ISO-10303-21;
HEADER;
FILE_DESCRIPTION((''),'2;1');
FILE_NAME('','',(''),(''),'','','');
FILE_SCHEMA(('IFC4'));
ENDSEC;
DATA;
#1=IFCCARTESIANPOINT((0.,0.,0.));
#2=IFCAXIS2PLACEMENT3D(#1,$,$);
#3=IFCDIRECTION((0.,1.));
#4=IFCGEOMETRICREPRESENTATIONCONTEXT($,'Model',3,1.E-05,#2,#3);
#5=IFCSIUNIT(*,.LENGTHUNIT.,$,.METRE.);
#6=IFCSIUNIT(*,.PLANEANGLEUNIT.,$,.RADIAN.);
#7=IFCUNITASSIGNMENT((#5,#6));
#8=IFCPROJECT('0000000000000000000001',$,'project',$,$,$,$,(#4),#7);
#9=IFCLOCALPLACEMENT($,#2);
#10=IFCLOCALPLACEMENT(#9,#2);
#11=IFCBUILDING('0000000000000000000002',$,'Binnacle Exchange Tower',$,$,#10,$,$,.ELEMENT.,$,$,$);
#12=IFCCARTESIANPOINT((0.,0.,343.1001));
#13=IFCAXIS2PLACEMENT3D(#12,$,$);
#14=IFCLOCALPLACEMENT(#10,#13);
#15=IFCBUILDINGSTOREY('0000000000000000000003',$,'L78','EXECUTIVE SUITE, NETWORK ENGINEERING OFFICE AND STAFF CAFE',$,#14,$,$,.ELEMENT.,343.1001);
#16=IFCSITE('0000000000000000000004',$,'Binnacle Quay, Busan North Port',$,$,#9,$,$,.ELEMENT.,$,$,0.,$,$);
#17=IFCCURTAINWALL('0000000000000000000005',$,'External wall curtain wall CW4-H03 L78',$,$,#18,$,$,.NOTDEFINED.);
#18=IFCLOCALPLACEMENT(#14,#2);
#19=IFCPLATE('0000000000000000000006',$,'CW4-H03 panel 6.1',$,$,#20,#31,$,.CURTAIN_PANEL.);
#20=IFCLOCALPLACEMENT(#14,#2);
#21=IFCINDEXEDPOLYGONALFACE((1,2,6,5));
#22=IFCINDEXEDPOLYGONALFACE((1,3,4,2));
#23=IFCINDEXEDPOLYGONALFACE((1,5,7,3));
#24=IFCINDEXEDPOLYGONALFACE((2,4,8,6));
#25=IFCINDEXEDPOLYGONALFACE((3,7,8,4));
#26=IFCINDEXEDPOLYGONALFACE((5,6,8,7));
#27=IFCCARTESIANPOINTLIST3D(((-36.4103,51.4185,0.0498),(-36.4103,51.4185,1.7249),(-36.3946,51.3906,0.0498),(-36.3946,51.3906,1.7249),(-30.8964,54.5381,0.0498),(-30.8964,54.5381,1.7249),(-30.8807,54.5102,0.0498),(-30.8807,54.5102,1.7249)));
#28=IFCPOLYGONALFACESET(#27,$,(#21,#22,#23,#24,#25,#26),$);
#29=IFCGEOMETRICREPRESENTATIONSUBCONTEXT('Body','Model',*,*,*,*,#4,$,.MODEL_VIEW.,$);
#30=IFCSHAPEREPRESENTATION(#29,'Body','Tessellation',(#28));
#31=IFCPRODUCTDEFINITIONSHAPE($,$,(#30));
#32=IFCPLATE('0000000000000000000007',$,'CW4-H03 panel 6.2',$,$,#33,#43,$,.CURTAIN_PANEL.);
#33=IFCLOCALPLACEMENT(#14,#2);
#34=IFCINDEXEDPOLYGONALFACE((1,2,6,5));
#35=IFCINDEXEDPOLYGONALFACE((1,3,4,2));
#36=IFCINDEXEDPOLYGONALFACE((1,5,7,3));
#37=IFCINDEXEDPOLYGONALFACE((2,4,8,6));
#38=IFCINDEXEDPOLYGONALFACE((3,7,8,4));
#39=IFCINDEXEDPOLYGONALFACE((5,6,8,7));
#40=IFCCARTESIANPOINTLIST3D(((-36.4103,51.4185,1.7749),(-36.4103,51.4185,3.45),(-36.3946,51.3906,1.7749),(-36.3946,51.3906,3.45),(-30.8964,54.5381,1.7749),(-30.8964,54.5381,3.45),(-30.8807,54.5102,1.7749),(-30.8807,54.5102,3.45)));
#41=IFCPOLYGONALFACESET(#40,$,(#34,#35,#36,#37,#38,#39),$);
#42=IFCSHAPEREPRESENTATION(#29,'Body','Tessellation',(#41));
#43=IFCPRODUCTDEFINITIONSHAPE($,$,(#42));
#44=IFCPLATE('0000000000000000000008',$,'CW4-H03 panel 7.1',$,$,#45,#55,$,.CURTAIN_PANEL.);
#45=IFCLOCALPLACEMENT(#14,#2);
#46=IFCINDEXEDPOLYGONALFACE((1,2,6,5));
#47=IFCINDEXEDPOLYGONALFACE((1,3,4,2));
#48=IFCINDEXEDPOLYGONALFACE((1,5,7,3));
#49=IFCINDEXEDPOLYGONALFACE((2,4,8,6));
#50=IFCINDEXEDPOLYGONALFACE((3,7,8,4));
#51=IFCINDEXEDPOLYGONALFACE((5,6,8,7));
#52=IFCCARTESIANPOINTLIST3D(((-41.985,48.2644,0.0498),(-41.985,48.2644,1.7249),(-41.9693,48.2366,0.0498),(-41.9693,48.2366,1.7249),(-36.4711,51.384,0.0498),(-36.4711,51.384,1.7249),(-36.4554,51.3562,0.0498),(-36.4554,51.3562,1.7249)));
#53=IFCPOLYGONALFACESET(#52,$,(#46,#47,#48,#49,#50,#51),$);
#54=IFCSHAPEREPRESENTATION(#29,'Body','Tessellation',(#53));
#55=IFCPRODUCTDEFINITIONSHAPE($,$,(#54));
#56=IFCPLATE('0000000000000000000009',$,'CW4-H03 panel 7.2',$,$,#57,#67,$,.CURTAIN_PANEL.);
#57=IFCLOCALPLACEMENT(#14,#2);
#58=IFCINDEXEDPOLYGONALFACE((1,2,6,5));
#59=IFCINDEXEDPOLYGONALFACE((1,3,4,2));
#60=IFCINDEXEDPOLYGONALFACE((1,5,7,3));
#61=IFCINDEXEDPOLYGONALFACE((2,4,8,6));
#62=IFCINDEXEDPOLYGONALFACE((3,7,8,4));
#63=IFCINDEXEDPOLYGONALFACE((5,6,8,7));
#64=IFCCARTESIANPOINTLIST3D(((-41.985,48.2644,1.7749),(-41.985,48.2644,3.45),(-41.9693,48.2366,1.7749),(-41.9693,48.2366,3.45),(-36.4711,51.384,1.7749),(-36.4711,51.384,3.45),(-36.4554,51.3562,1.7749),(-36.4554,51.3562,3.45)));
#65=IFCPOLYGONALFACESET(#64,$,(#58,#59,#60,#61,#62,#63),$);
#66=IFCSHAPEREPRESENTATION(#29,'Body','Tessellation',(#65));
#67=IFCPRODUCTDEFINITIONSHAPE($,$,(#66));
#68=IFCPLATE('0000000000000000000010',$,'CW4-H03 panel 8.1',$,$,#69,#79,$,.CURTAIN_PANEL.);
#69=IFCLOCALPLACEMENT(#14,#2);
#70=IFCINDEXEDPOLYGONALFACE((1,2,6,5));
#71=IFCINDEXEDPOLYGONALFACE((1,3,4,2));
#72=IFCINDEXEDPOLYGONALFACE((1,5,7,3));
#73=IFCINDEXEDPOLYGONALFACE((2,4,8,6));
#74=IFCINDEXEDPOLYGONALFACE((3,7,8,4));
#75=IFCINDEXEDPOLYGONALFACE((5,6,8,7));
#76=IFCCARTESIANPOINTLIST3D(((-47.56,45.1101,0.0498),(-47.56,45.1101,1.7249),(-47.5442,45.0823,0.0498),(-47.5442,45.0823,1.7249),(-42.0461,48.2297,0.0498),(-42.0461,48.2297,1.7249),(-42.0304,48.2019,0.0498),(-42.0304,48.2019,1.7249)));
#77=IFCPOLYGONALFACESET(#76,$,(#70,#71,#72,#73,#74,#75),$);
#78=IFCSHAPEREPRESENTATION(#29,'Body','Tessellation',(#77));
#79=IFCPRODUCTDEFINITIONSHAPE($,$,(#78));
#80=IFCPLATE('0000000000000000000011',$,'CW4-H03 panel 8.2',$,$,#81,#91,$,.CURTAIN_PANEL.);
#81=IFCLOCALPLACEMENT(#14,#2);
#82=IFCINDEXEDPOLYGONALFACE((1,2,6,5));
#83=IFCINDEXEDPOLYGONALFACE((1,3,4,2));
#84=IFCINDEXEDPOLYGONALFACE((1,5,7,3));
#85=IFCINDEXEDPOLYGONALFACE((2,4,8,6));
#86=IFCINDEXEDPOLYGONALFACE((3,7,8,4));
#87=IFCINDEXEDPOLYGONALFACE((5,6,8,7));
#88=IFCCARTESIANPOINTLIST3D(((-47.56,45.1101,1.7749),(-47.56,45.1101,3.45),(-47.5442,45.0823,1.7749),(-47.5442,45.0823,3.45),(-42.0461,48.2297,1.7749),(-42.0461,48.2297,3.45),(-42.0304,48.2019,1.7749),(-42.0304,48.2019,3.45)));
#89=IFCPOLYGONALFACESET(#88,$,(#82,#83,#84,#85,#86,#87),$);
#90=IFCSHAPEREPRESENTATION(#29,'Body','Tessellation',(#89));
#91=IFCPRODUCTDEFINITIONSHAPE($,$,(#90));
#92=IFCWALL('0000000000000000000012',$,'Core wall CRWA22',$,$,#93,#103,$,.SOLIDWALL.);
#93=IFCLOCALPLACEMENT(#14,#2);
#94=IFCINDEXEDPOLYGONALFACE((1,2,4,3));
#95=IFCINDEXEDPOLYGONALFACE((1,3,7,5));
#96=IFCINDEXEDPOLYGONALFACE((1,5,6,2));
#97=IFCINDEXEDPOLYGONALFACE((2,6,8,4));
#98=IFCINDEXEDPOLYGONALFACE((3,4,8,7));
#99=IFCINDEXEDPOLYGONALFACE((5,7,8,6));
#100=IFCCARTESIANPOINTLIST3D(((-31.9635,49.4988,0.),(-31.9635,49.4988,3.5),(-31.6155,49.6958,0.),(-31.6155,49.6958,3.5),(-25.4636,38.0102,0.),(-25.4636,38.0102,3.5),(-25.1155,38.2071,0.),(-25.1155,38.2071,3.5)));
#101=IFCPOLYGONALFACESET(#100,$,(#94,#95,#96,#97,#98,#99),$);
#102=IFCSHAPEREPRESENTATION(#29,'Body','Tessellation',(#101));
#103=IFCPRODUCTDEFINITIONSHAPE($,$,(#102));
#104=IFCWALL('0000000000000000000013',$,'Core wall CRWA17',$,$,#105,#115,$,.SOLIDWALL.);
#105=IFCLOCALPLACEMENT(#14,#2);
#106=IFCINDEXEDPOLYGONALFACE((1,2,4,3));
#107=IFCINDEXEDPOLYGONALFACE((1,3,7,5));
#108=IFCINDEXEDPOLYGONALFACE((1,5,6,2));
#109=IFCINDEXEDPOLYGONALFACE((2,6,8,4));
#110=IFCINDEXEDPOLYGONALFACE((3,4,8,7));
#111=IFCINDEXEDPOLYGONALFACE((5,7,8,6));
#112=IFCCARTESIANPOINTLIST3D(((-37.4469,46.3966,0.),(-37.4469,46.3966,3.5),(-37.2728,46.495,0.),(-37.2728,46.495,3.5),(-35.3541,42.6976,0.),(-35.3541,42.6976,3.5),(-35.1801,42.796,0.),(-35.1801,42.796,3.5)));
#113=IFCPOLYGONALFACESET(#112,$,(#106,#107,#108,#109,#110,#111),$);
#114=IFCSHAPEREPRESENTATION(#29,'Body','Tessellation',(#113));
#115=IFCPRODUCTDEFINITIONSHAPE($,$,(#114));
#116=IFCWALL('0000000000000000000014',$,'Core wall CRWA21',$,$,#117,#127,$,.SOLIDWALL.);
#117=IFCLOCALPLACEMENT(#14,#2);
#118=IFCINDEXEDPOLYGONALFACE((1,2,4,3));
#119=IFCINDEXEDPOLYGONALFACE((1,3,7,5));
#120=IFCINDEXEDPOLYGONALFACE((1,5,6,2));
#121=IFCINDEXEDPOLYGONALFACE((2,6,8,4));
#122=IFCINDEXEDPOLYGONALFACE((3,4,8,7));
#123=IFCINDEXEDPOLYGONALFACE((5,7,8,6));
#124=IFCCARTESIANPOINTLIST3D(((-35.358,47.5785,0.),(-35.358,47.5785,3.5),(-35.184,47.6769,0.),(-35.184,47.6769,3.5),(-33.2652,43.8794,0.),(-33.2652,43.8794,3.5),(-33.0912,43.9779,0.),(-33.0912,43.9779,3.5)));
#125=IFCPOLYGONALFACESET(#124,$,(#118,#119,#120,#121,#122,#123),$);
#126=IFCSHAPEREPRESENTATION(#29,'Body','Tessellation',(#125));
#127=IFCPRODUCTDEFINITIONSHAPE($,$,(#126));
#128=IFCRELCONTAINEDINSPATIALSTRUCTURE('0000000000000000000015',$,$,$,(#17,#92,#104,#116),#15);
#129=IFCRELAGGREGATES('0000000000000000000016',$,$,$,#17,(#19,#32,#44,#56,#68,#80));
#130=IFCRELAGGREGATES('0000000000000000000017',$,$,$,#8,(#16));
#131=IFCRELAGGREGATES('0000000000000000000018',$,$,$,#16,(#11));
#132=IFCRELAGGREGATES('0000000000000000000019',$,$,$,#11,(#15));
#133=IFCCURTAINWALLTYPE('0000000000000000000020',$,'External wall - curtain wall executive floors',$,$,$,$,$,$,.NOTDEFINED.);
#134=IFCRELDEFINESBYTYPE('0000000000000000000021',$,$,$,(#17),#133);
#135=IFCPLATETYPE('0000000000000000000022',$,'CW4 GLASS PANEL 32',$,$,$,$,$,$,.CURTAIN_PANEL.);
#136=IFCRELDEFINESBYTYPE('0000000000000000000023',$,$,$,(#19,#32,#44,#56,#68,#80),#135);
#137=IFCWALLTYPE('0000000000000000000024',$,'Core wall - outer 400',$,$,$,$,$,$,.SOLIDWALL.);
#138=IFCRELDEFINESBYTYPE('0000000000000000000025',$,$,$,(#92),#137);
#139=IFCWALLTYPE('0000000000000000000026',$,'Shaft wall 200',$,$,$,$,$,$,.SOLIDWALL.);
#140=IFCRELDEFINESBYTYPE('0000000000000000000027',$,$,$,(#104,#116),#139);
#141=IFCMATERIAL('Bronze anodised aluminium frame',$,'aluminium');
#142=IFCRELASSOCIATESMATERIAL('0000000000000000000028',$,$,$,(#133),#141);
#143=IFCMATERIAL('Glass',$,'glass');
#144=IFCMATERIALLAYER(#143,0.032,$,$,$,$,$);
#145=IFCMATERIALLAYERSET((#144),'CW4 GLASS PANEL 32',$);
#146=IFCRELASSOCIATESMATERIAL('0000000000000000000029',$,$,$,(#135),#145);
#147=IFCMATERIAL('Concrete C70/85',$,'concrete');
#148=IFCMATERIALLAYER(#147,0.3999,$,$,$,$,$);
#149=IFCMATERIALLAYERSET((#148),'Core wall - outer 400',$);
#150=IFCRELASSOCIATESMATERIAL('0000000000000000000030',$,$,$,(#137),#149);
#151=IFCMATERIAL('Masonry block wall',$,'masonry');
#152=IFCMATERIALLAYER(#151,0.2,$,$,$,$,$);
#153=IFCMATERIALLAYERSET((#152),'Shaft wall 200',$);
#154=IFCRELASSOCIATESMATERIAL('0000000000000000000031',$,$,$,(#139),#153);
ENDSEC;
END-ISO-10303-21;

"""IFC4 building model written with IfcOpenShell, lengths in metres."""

from ifc_helpers import new_model, si_unit, direction, frame, frame_2d, origin, origin_2d, place, context, subcontext, project, spatial, rectangle, extrude, material, layer, layer_set, type_object, element, aggregate, save


model = new_model("IFC4")

# Units and contexts
model_context = context("Model", 3, precision=1e-05, world=origin(), true_north=direction((0.0, 1.0)))
body_context = subcontext(model_context, "Body", "Model", "MODEL_VIEW")
ifc_project = project(units=[si_unit("LENGTHUNIT", "METRE"), si_unit("PLANEANGLEUNIT", "RADIAN")], contexts=[model_context])

# Site, building, storey
site_placement = place(None, origin())
site = spatial("IfcSite", under=ifc_project, at=site_placement, Name="Binnacle Quay, Busan North Port", CompositionType="ELEMENT", RefElevation=0.0)
building_placement = place(site_placement, origin())
building = spatial("IfcBuilding", under=site, at=building_placement, Name="Binnacle Exchange Tower", CompositionType="ELEMENT")
storey_placement = place(building_placement, frame((0.0, 0.0, 343.1001)))
storey = spatial("IfcBuildingStorey", under=building, at=storey_placement, Name="L78", Description="EXECUTIVE SUITE, NETWORK ENGINEERING OFFICE AND STAFF CAFE", CompositionType="ELEMENT", Elevation=343.1001)

# Curtain wall
ifc_material_1 = material(Name="Bronze anodised aluminium frame", Category="aluminium")
curtain_wall_type = type_object("IfcCurtainWallType", Name="External wall - curtain wall executive floors", PredefinedType="NOTDEFINED", material=ifc_material_1)
curtain_wall_placement = place(storey_placement, origin())
curtain_wall = element("IfcCurtainWall", 1, at=curtain_wall_placement, inside=storey, type_object=curtain_wall_type, Name="External wall curtain wall CW4-H03 L78", PredefinedType="NOTDEFINED")

# Plates
ifc_material_2 = material(Name="Glass", Category="glass")
ifc_layer_1 = layer(ifc_material_2, 0.032)
ifc_layer_set_1 = layer_set([ifc_layer_1], Name="CW4 GLASS PANEL 32")
plate_type = type_object("IfcPlateType", Name="CW4 GLASS PANEL 32", PredefinedType="CURTAIN_PANEL", material=ifc_layer_set_1)
plate_1_placement = place(storey_placement, frame((-33.6455, 52.9644, 0.0498), z_axis=(0.0, 0.0, 1.0), x_axis=(-0.870356, -0.492424, 0.0)))
plate_1 = element("IfcPlate", 2, at=plate_1_placement, type_object=plate_type, Name="CW4-H03 panel 6.1", PredefinedType="CURTAIN_PANEL", context=body_context, shape_type="SweptSolid", body=[
    extrude(rectangle(XDim=6.3352, YDim=0.032, at=origin_2d()), origin(), (0.0, 0.0, 1.0), 1.675),
])
plate_2_placement = place(storey_placement, frame((-33.6455, 52.9644, 1.7749), z_axis=(0.0, 0.0, 1.0), x_axis=(-0.870356, -0.492424, 0.0)))
plate_2 = element("IfcPlate", 3, at=plate_2_placement, type_object=plate_type, Name="CW4-H03 panel 6.2", PredefinedType="CURTAIN_PANEL", context=body_context, shape_type="SweptSolid", body=[
    extrude(rectangle(XDim=6.3352, YDim=0.032, at=origin_2d()), origin(), (0.0, 0.0, 1.0), 1.675),
])
plate_3_placement = place(storey_placement, frame((-39.2202, 49.8103, 0.0498), z_axis=(0.0, 0.0, 1.0), x_axis=(-0.870356, -0.492424, 0.0)))
plate_3 = element("IfcPlate", 4, at=plate_3_placement, type_object=plate_type, Name="CW4-H03 panel 7.1", PredefinedType="CURTAIN_PANEL", context=body_context, shape_type="SweptSolid", body=[
    extrude(rectangle(XDim=6.3352, YDim=0.032, at=origin_2d()), origin(), (0.0, 0.0, 1.0), 1.675),
])
plate_4_placement = place(storey_placement, frame((-39.2202, 49.8103, 1.7749), z_axis=(0.0, 0.0, 1.0), x_axis=(-0.870356, -0.492424, 0.0)))
plate_4 = element("IfcPlate", 5, at=plate_4_placement, type_object=plate_type, Name="CW4-H03 panel 7.2", PredefinedType="CURTAIN_PANEL", context=body_context, shape_type="SweptSolid", body=[
    extrude(rectangle(XDim=6.3352, YDim=0.032, at=origin_2d()), origin(), (0.0, 0.0, 1.0), 1.675),
])
plate_5_placement = place(storey_placement, frame((-44.7952, 46.656, 0.0498), z_axis=(0.0, 0.0, 1.0), x_axis=(-0.870356, -0.492424, 0.0)))
plate_5 = element("IfcPlate", 6, at=plate_5_placement, type_object=plate_type, Name="CW4-H03 panel 8.1", PredefinedType="CURTAIN_PANEL", context=body_context, shape_type="SweptSolid", body=[
    extrude(rectangle(XDim=6.3352, YDim=0.032, at=origin_2d()), origin(), (0.0, 0.0, 1.0), 1.675),
])
plate_6_placement = place(storey_placement, frame((-44.7952, 46.656, 1.7749), z_axis=(0.0, 0.0, 1.0), x_axis=(-0.870356, -0.492424, 0.0)))
plate_6 = element("IfcPlate", 7, at=plate_6_placement, type_object=plate_type, Name="CW4-H03 panel 8.2", PredefinedType="CURTAIN_PANEL", context=body_context, shape_type="SweptSolid", body=[
    extrude(rectangle(XDim=6.3352, YDim=0.032, at=origin_2d()), origin(), (0.0, 0.0, 1.0), 1.675),
])
aggregate(curtain_wall, [plate_1, plate_2, plate_3, plate_4, plate_5, plate_6])

# Walls
ifc_material_3 = material(Name="Concrete C70/85", Category="concrete")
ifc_layer_2 = layer(ifc_material_3, 0.3999)
ifc_layer_set_2 = layer_set([ifc_layer_2], Name="Core wall - outer 400")
wall_type_1 = type_object("IfcWallType", Name="Core wall - outer 400", PredefinedType="SOLIDWALL", material=ifc_layer_set_2)
wall_placement = place(storey_placement, frame((-31.7896, 49.5974, 0.0), z_axis=(0.0, 0.0, 1.0), x_axis=(0.492422, -0.870357, 0.0)))
element("IfcWall", 8, at=wall_placement, inside=storey, type_object=wall_type_1, Name="Core wall CRWA22", PredefinedType="SOLIDWALL", context=body_context, shape_type="SweptSolid", body=[
    extrude(rectangle(XDim=13.2, YDim=0.3999, at=frame_2d((6.6001, 0.0))), origin(), (0.0, 0.0, 1.0), 3.5),
])
ifc_material_4 = material(Name="Masonry block wall", Category="masonry")
ifc_layer_3 = layer(ifc_material_4, 0.2)
ifc_layer_set_3 = layer_set([ifc_layer_3], Name="Shaft wall 200")
wall_type_2 = type_object("IfcWallType", Name="Shaft wall 200", PredefinedType="SOLIDWALL", material=ifc_layer_set_3)
for number, where, z_axis, x_axis, name in (
    (9, (-37.3599, 46.4458, 0.0), (0.0, 0.0, 1.0), (0.492423, -0.870356, 0.0), "Core wall CRWA17"),
    (10, (-35.271, 47.6277, 0.0), (0.0, 0.0, 1.0), (0.492423, -0.870356, 0.0), "Core wall CRWA21"),
):
    element("IfcWall", number, at=place(storey_placement, frame(where, z_axis=z_axis, x_axis=x_axis)), inside=storey, type_object=wall_type_2, Name=name, PredefinedType="SOLIDWALL", context=body_context, shape_type="SweptSolid", body=[
        extrude(rectangle(XDim=4.25, YDim=0.2, at=frame_2d((2.125, 0.0))), origin(), (0.0, 0.0, 1.0), 3.5),
    ])

save(model, "model.ifc")
